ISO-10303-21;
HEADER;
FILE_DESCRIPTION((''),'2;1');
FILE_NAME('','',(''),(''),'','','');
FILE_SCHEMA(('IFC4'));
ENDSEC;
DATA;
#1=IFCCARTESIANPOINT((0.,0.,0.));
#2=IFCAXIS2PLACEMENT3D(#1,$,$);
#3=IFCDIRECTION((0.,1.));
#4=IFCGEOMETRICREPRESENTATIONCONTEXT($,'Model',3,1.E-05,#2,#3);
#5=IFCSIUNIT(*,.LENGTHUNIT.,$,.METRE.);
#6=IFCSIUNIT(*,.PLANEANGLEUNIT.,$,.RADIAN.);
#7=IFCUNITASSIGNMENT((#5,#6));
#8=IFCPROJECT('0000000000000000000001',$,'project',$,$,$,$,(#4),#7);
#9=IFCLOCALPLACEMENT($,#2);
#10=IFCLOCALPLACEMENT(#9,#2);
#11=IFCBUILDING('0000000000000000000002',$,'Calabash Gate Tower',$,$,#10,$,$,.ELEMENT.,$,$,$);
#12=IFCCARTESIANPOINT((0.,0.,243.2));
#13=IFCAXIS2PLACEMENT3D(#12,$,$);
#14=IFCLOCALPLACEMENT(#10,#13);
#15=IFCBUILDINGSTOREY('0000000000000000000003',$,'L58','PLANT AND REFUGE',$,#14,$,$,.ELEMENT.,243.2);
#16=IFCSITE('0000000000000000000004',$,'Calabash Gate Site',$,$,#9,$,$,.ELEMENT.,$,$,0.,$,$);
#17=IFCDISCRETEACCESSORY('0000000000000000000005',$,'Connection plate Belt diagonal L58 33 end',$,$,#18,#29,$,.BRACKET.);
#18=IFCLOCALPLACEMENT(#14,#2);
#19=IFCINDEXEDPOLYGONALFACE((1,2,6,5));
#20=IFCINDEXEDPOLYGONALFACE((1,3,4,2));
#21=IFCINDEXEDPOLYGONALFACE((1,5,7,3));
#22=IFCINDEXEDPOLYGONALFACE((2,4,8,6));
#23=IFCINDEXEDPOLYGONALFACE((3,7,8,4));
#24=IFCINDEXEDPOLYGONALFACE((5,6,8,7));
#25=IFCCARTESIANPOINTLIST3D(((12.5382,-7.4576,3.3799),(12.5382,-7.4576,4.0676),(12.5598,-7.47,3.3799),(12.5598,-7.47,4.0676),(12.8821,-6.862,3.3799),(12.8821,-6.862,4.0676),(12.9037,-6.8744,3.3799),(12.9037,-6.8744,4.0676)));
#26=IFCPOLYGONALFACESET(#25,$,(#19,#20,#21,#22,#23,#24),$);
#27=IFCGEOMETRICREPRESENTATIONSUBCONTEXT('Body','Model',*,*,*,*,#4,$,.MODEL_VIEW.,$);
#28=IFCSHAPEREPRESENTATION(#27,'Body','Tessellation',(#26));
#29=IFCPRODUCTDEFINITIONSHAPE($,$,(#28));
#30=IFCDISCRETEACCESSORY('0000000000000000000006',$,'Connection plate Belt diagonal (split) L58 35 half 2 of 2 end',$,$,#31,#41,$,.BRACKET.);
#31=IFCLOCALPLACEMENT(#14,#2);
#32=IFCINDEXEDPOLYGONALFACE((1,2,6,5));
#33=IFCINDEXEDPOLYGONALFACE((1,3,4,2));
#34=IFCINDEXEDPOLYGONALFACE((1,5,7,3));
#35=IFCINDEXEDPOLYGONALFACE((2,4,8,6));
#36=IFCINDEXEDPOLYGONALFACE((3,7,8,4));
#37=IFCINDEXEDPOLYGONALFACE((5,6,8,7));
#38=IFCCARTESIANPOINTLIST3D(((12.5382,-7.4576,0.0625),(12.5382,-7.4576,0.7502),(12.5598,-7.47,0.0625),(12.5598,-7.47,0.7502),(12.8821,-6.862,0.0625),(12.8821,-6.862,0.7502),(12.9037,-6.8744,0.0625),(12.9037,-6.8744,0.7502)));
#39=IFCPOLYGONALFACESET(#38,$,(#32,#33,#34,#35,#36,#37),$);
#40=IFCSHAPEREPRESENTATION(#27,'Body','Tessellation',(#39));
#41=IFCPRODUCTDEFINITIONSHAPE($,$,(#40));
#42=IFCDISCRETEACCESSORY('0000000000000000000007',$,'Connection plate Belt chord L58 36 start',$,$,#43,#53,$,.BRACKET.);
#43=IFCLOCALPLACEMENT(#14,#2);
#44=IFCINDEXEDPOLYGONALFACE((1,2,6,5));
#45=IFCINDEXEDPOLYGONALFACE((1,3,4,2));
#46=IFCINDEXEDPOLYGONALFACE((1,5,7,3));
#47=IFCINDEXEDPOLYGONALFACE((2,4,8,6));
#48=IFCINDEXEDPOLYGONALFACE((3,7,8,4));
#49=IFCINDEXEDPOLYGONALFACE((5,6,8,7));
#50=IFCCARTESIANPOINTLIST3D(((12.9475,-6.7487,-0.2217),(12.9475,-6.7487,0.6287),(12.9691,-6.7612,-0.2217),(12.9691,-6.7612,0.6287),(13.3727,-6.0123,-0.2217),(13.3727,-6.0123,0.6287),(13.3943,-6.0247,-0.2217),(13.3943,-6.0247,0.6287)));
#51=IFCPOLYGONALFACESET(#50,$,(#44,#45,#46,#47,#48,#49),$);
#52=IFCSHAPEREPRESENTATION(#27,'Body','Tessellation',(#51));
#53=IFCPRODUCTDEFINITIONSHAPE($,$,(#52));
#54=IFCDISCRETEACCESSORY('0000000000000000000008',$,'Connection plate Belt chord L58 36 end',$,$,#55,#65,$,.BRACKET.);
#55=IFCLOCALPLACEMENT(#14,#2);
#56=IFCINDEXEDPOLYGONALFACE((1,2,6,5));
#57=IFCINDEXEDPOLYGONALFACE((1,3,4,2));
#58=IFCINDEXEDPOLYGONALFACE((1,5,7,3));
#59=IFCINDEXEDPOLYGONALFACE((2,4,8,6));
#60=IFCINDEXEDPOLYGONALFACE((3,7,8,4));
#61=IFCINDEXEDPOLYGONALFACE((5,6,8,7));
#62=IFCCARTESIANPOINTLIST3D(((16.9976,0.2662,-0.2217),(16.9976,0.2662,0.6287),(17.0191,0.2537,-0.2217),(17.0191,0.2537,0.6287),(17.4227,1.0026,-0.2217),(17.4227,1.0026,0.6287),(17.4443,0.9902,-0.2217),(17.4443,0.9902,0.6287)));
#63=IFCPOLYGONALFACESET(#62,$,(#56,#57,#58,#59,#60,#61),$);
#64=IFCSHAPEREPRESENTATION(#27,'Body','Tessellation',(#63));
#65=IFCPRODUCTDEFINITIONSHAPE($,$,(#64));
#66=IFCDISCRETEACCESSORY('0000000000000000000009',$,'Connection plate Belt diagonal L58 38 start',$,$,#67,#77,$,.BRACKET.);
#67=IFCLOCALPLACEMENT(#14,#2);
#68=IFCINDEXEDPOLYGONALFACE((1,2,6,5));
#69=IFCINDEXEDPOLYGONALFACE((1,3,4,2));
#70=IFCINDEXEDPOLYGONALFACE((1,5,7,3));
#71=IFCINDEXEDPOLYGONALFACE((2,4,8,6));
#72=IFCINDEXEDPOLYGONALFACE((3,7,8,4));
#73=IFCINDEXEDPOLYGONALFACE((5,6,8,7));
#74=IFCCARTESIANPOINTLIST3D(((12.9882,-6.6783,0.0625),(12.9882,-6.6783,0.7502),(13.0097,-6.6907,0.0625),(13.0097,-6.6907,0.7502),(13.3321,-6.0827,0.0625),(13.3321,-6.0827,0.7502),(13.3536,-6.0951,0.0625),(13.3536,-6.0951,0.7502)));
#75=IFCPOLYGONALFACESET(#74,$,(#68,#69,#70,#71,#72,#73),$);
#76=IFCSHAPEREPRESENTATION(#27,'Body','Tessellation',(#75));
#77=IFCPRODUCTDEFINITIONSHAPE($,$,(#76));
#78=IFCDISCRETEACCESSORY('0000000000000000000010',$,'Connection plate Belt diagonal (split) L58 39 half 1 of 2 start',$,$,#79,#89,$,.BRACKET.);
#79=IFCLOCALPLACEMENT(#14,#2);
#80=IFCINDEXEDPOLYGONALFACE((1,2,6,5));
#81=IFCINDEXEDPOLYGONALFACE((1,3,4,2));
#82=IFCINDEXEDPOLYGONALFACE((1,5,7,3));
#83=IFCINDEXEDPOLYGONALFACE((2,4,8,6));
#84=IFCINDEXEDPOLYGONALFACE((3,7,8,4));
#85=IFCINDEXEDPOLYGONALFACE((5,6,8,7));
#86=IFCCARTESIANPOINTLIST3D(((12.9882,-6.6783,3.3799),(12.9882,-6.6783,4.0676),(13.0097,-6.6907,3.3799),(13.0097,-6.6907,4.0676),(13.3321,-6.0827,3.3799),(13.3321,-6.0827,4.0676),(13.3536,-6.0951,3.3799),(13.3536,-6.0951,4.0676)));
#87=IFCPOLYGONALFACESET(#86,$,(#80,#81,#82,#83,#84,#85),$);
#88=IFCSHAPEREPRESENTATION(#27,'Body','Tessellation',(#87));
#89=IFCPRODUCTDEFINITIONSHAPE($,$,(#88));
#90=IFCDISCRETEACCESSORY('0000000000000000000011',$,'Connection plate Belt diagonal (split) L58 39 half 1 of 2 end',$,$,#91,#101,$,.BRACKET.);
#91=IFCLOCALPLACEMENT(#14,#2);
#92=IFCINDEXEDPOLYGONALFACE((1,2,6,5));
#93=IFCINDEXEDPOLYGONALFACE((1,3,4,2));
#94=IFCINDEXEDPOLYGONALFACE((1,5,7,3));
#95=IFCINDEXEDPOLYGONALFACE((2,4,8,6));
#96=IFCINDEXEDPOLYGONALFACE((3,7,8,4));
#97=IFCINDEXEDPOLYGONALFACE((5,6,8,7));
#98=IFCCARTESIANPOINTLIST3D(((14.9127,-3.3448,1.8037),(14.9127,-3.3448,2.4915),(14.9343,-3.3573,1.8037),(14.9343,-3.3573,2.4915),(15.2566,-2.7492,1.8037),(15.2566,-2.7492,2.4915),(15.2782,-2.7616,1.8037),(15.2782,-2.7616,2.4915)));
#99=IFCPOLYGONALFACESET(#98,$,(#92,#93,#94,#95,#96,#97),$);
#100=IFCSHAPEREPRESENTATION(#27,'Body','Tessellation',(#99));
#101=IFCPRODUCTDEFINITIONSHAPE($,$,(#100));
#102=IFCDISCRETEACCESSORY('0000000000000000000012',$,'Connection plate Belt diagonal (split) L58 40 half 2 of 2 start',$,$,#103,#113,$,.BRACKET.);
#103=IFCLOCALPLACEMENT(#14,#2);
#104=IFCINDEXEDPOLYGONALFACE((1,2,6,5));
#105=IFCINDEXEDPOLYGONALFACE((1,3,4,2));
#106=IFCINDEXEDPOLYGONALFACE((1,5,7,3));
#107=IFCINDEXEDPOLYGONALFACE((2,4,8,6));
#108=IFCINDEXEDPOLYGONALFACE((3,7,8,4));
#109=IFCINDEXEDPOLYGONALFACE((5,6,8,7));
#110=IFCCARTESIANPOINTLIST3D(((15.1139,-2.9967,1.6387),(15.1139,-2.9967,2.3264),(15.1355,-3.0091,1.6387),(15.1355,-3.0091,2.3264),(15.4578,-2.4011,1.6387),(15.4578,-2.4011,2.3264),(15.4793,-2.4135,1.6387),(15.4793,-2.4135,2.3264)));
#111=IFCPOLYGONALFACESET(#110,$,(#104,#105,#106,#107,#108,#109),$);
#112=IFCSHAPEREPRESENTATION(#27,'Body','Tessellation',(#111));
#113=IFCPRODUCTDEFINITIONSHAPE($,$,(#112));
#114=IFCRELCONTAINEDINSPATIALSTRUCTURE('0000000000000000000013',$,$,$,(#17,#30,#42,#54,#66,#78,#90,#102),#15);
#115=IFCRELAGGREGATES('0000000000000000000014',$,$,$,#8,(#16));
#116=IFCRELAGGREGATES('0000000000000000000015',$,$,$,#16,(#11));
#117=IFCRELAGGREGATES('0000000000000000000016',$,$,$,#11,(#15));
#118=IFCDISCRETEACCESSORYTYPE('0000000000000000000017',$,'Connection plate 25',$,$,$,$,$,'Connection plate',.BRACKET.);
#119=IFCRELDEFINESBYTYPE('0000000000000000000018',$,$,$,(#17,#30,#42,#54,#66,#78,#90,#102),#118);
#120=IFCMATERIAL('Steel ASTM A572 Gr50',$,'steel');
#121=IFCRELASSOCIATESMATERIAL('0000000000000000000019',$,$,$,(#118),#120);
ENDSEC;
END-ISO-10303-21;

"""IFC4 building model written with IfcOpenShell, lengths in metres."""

from ifc_helpers import new_model, si_unit, direction, frame, origin, origin_2d, place, context, subcontext, project, spatial, rectangle, extrude, material, type_object, element, save


model = new_model("IFC4")

# Units and contexts
model_context = context("Model", 3, precision=1e-05, world=origin(), true_north=direction((0.0, 1.0)))
body_context = subcontext(model_context, "Body", "Model", "MODEL_VIEW")
ifc_project = project(units=[si_unit("LENGTHUNIT", "METRE"), si_unit("PLANEANGLEUNIT", "RADIAN")], contexts=[model_context])

# Site, building, storey
site_placement = place(None, origin())
site = spatial("IfcSite", under=ifc_project, at=site_placement, Name="Calabash Gate Site", CompositionType="ELEMENT", RefElevation=0.0)
building_placement = place(site_placement, origin())
building = spatial("IfcBuilding", under=site, at=building_placement, Name="Calabash Gate Tower", CompositionType="ELEMENT")
storey_placement = place(building_placement, frame((0.0, 0.0, 243.2)))
storey = spatial("IfcBuildingStorey", under=building, at=storey_placement, Name="L58", Description="PLANT AND REFUGE", CompositionType="ELEMENT", Elevation=243.2)

# Discrete accessories
ifc_material_1 = material(Name="Steel ASTM A572 Gr50", Category="steel")
discrete_accessory_type = type_object("IfcDiscreteAccessoryType", Name="Connection plate 25", ElementType="Connection plate", PredefinedType="BRACKET", material=ifc_material_1)
for number, where, z_axis, x_axis, name in (
    (1, (12.7209, -7.166, 3.3799), (0.0, 0.0, 1.0), (0.5, 0.866025, 0.0), "Connection plate Belt diagonal L58 33 end"),
    (2, (12.7209, -7.166, 0.0625), (0.0, 0.0, 1.0), (0.5, 0.866025, 0.0), "Connection plate Belt diagonal (split) L58 35 half 2 of 2 end"),
):
    element("IfcDiscreteAccessory", number, at=place(storey_placement, frame(where, z_axis=z_axis, x_axis=x_axis)), inside=storey, type_object=discrete_accessory_type, Name=name, PredefinedType="BRACKET", context=body_context, shape_type="SweptSolid", body=[
        extrude(rectangle(XDim=0.6877, YDim=0.0249, at=origin_2d()), origin(), (0.0, 0.0, 1.0), 0.6877),
    ])
for number, where, z_axis, x_axis, name in (
    (3, (13.1709, -6.3867, -0.2217), (0.0, 0.0, 1.0), (0.5, 0.866025, 0.0), "Connection plate Belt chord L58 36 start"),
    (4, (17.2209, 0.6282, -0.2217), (0.0, 0.0, 1.0), (0.5, 0.866025, 0.0), "Connection plate Belt chord L58 36 end"),
):
    element("IfcDiscreteAccessory", number, at=place(storey_placement, frame(where, z_axis=z_axis, x_axis=x_axis)), inside=storey, type_object=discrete_accessory_type, Name=name, PredefinedType="BRACKET", context=body_context, shape_type="SweptSolid", body=[
        extrude(rectangle(XDim=0.8503, YDim=0.0249, at=origin_2d()), origin(), (0.0, 0.0, 1.0), 0.8503),
    ])
for number, where, z_axis, x_axis, name in (
    (5, (13.1709, -6.3867, 0.0625), (0.0, 0.0, 1.0), (0.5, 0.866025, 0.0), "Connection plate Belt diagonal L58 38 start"),
    (6, (13.1709, -6.3867, 3.3799), (0.0, 0.0, 1.0), (0.5, 0.866025, 0.0), "Connection plate Belt diagonal (split) L58 39 half 1 of 2 start"),
    (7, (15.0955, -3.0532, 1.8037), (0.0, 0.0, 1.0), (0.5, 0.866025, 0.0), "Connection plate Belt diagonal (split) L58 39 half 1 of 2 end"),
    (8, (15.2966, -2.7051, 1.6387), (0.0, 0.0, 1.0), (0.5, 0.866025, 0.0), "Connection plate Belt diagonal (split) L58 40 half 2 of 2 start"),
):
    element("IfcDiscreteAccessory", number, at=place(storey_placement, frame(where, z_axis=z_axis, x_axis=x_axis)), inside=storey, type_object=discrete_accessory_type, Name=name, PredefinedType="BRACKET", context=body_context, shape_type="SweptSolid", body=[
        extrude(rectangle(XDim=0.6877, YDim=0.0249, at=origin_2d()), origin(), (0.0, 0.0, 1.0), 0.6877),
    ])

save(model, "model.ifc")
